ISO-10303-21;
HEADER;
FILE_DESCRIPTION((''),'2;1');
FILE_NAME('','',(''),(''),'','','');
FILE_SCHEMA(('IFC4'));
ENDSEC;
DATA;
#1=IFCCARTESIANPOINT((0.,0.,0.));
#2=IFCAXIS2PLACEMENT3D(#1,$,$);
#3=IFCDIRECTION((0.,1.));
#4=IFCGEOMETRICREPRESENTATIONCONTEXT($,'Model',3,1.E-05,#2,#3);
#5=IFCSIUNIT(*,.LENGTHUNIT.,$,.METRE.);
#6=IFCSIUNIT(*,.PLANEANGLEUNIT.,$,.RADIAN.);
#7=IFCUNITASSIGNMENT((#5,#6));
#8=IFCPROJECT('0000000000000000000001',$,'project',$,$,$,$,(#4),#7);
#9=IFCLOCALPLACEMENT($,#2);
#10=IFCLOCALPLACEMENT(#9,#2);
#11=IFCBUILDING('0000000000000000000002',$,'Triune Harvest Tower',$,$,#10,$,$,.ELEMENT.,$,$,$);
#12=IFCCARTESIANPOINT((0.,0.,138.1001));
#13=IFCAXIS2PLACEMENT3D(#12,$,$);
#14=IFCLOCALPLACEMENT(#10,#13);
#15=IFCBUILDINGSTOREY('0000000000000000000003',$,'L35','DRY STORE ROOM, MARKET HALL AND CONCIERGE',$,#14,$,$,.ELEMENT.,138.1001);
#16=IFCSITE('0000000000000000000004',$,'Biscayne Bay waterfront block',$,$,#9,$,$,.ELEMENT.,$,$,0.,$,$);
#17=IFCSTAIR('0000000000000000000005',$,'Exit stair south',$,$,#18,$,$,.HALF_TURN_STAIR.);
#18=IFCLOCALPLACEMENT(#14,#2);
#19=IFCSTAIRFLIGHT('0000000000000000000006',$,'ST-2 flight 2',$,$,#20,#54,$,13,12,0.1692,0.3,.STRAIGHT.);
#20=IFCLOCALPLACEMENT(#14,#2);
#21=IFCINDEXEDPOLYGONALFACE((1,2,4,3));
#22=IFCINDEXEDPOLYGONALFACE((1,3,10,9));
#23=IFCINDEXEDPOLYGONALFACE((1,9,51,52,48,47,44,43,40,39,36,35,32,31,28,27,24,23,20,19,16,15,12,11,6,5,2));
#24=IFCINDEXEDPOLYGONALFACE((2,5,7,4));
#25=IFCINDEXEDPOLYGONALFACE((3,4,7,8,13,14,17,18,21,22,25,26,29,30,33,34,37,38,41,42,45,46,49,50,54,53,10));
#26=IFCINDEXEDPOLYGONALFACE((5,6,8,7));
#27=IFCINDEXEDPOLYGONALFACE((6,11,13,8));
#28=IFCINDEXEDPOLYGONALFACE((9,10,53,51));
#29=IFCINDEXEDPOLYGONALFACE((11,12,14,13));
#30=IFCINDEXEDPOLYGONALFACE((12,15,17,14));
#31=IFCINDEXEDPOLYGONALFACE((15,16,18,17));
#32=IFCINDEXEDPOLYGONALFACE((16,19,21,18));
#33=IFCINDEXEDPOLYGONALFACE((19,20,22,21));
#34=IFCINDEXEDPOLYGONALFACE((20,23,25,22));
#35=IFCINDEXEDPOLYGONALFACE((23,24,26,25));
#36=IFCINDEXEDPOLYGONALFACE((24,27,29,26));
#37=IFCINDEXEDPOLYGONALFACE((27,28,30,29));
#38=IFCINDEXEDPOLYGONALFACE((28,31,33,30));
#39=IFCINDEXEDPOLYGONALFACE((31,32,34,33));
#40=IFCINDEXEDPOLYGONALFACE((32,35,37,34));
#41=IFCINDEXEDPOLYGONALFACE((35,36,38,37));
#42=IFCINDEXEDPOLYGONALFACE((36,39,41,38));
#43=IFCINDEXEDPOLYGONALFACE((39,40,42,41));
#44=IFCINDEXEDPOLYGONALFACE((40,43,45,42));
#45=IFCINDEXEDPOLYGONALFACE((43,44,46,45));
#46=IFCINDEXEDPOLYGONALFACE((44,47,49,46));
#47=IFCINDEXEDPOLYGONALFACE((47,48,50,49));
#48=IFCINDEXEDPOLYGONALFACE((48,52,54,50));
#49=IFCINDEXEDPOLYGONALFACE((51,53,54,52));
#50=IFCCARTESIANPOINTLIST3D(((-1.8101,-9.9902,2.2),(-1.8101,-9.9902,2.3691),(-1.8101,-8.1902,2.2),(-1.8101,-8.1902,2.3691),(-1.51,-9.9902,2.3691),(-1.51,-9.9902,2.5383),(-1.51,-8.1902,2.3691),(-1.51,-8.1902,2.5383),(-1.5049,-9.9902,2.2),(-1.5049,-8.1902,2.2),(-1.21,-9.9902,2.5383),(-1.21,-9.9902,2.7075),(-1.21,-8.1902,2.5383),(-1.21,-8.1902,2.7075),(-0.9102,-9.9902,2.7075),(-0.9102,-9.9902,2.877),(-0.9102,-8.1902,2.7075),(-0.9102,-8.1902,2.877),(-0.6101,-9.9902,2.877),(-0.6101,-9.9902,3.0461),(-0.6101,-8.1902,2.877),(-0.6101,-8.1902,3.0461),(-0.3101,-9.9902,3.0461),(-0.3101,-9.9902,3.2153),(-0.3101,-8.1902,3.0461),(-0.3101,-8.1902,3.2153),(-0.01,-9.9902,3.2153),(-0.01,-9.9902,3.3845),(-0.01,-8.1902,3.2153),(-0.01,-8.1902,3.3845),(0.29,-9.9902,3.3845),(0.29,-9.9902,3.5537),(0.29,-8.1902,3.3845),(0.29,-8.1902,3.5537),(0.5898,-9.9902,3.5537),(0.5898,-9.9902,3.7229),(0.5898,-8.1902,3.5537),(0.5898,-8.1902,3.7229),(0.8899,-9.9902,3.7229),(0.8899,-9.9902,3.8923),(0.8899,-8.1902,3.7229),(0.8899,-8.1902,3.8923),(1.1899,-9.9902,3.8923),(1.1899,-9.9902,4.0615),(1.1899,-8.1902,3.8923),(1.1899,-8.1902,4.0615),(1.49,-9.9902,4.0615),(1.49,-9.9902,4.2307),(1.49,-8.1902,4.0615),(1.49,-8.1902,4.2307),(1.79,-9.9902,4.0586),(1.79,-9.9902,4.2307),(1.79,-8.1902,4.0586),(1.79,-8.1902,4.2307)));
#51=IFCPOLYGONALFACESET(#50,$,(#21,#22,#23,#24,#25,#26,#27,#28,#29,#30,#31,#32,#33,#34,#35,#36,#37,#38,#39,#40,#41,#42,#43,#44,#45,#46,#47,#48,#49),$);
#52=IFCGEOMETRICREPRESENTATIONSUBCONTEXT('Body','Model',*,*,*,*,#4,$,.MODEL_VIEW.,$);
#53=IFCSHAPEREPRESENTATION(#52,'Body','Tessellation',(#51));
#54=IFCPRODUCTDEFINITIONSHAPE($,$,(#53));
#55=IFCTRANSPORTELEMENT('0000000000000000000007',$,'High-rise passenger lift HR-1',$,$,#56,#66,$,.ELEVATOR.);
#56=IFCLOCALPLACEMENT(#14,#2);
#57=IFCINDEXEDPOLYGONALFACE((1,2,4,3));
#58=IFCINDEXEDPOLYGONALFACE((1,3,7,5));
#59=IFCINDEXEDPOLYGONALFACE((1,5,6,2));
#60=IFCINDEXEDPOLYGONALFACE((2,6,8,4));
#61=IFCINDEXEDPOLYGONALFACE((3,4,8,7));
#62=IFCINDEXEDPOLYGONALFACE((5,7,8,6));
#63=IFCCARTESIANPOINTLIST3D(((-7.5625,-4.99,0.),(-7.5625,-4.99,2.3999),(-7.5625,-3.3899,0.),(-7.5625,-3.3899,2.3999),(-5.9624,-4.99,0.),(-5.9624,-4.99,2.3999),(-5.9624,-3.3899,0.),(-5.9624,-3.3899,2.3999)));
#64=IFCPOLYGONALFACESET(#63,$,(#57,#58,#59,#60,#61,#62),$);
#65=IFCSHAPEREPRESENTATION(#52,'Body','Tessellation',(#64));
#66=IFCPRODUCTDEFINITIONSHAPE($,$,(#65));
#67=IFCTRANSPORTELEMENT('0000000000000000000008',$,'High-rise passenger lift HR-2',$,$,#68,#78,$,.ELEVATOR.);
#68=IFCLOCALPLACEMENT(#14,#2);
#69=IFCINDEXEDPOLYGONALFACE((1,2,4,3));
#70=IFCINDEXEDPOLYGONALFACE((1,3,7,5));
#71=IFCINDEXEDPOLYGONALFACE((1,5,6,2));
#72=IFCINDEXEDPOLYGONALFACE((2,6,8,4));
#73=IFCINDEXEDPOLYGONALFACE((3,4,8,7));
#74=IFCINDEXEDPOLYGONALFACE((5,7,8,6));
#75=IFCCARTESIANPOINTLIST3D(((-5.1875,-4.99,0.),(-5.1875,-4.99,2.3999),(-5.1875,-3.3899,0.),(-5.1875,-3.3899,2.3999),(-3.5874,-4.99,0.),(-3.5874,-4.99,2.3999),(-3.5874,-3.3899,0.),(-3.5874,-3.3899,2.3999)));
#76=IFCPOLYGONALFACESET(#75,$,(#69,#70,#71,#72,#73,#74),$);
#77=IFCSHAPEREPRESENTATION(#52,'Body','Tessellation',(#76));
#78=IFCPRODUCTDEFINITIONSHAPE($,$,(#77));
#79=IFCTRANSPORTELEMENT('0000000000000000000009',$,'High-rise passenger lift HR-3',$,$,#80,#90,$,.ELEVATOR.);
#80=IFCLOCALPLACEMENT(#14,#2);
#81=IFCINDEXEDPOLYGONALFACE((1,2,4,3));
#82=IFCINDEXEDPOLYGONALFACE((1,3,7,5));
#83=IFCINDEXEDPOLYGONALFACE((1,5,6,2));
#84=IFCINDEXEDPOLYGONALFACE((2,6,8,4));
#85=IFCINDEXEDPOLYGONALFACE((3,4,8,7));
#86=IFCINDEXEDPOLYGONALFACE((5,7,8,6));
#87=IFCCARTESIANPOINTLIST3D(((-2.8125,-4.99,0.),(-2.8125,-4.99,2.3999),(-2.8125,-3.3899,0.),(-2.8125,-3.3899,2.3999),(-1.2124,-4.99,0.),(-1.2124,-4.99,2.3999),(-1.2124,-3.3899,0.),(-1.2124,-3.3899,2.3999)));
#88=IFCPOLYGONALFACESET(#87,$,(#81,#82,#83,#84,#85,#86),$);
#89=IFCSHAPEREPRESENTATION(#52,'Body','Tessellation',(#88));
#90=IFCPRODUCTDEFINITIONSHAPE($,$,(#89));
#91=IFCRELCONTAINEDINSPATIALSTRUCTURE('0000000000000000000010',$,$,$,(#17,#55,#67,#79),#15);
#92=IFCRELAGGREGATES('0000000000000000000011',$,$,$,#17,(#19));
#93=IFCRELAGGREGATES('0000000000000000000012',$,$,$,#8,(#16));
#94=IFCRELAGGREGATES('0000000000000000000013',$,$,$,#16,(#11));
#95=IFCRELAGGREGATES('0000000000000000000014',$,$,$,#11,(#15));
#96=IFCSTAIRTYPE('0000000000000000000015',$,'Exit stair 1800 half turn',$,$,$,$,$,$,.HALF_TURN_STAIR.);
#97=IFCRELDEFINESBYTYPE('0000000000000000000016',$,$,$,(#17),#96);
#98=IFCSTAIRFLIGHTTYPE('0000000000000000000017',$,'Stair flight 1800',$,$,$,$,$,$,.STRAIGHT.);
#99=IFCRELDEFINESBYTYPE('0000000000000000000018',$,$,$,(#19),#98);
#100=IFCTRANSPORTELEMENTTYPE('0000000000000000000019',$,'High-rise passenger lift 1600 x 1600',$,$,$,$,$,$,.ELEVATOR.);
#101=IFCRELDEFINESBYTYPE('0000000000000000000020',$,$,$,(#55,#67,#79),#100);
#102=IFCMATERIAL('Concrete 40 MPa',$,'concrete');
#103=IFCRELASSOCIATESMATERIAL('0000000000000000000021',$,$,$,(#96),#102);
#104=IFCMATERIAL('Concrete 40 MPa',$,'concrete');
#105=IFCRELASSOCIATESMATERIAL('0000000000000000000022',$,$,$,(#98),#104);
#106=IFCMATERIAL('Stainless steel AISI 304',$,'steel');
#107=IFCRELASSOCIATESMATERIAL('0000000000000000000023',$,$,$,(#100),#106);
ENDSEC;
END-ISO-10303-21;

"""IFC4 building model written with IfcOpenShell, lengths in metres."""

from ifc_helpers import new_model, si_unit, direction, frame, origin, origin_2d, place, context, subcontext, project, spatial, polyline, rectangle, outline, extrude, source, transform, mapped, material, type_object, element, aggregate, save


model = new_model("IFC4")

# Units and contexts
model_context = context("Model", 3, precision=1e-05, world=origin(), true_north=direction((0.0, 1.0)))
body_context = subcontext(model_context, "Body", "Model", "MODEL_VIEW")
ifc_project = project(units=[si_unit("LENGTHUNIT", "METRE"), si_unit("PLANEANGLEUNIT", "RADIAN")], contexts=[model_context])

# Site, building, storey
site_placement = place(None, origin())
site = spatial("IfcSite", under=ifc_project, at=site_placement, Name="Biscayne Bay waterfront block", CompositionType="ELEMENT", RefElevation=0.0)
building_placement = place(site_placement, origin())
building = spatial("IfcBuilding", under=site, at=building_placement, Name="Triune Harvest Tower", CompositionType="ELEMENT")
storey_placement = place(building_placement, frame((0.0, 0.0, 138.1001)))
storey = spatial("IfcBuildingStorey", under=building, at=storey_placement, Name="L35", Description="DRY STORE ROOM, MARKET HALL AND CONCIERGE", CompositionType="ELEMENT", Elevation=138.1001)

# Stair, stair flight
ifc_material_1 = material(Name="Concrete 40 MPa", Category="concrete")
stair_type = type_object("IfcStairType", Name="Exit stair 1800 half turn", PredefinedType="HALF_TURN_STAIR", material=ifc_material_1)
stair_placement = place(storey_placement, origin())
stair = element("IfcStair", 1, at=stair_placement, inside=storey, type_object=stair_type, Name="Exit stair south", PredefinedType="HALF_TURN_STAIR")
ifc_material_2 = material(Name="Concrete 40 MPa", Category="concrete")
stair_flight_type = type_object("IfcStairFlightType", Name="Stair flight 1800", PredefinedType="STRAIGHT", material=ifc_material_2)
shared_shape_1 = source(origin(), body_context, "Body", "SweptSolid", [
    extrude(outline(polyline([(0.0, 0.0), (0.0, 0.1692), (0.3, 0.1692), (0.3, 0.3384), (0.6001, 0.3384), (0.6001, 0.5076), (0.8999, 0.5076), (0.8999, 0.677), (1.2, 0.677), (1.2, 0.8462), (1.5, 0.8462), (1.5, 1.0154), (1.8, 1.0154), (1.8, 1.1846), (2.1001, 1.1846), (2.1001, 1.3538), (2.3999, 1.3538), (2.3999, 1.5229), (2.7, 1.5229), (2.7, 1.6924), (3.0, 1.6924), (3.0, 1.8616), (3.3, 1.8616), (3.3, 2.0308), (3.6001, 2.0308), (3.6001, 2.2), (3.6001, 1.8586), (0.3052, 0.0), (0.0, 0.0)])), frame((0.0, 0.8999, 0.0), z_axis=(0.0, -1.0, 0.0), x_axis=(1.0, 0.0, 0.0)), (0.0, 0.0, 1.0), 1.8),
])
stair_flight_placement = place(storey_placement, frame((-1.8101, -9.0901, 2.2), z_axis=(0.0, 0.0, 1.0), x_axis=(1.0, 0.0, 0.0)))
stair_flight = element("IfcStairFlight", 2, at=stair_flight_placement, type_object=stair_flight_type, Name="ST-2 flight 2", NumberOfRisers=13, NumberOfTreads=12, PredefinedType="STRAIGHT", RiserHeight=0.1692, TreadLength=0.3, context=body_context, shape_type="MappedRepresentation", body=[
    mapped(shared_shape_1, transform((0.0, 0.0, 0.0), scale=1.0)),
])
aggregate(stair, [stair_flight])

# Transport elements
ifc_material_3 = material(Name="Stainless steel AISI 304", Category="steel")
transport_element_type = type_object("IfcTransportElementType", Name="High-rise passenger lift 1600 x 1600", PredefinedType="ELEVATOR", material=ifc_material_3)
shared_shape_2 = source(origin(), body_context, "Body", "SweptSolid", [
    extrude(rectangle(XDim=1.6001, YDim=1.6001, at=origin_2d()), origin(), (0.0, 0.0, 1.0), 2.3999),
])
for number, where, z_axis, x_axis, name in (
    (3, (-6.7625, -4.1899, 0.0), (0.0, 0.0, 1.0), (1.0, 0.0, 0.0), "High-rise passenger lift HR-1"),
    (4, (-4.3875, -4.1899, 0.0), (0.0, 0.0, 1.0), (1.0, 0.0, 0.0), "High-rise passenger lift HR-2"),
    (5, (-2.0125, -4.1899, 0.0), (0.0, 0.0, 1.0), (1.0, 0.0, 0.0), "High-rise passenger lift HR-3"),
):
    element("IfcTransportElement", number, at=place(storey_placement, frame(where, z_axis=z_axis, x_axis=x_axis)), inside=storey, type_object=transport_element_type, Name=name, PredefinedType="ELEVATOR", context=body_context, shape_type="MappedRepresentation", body=[
        mapped(shared_shape_2, transform((0.0, 0.0, 0.0), scale=1.0)),
    ])

save(model, "model.ifc")
